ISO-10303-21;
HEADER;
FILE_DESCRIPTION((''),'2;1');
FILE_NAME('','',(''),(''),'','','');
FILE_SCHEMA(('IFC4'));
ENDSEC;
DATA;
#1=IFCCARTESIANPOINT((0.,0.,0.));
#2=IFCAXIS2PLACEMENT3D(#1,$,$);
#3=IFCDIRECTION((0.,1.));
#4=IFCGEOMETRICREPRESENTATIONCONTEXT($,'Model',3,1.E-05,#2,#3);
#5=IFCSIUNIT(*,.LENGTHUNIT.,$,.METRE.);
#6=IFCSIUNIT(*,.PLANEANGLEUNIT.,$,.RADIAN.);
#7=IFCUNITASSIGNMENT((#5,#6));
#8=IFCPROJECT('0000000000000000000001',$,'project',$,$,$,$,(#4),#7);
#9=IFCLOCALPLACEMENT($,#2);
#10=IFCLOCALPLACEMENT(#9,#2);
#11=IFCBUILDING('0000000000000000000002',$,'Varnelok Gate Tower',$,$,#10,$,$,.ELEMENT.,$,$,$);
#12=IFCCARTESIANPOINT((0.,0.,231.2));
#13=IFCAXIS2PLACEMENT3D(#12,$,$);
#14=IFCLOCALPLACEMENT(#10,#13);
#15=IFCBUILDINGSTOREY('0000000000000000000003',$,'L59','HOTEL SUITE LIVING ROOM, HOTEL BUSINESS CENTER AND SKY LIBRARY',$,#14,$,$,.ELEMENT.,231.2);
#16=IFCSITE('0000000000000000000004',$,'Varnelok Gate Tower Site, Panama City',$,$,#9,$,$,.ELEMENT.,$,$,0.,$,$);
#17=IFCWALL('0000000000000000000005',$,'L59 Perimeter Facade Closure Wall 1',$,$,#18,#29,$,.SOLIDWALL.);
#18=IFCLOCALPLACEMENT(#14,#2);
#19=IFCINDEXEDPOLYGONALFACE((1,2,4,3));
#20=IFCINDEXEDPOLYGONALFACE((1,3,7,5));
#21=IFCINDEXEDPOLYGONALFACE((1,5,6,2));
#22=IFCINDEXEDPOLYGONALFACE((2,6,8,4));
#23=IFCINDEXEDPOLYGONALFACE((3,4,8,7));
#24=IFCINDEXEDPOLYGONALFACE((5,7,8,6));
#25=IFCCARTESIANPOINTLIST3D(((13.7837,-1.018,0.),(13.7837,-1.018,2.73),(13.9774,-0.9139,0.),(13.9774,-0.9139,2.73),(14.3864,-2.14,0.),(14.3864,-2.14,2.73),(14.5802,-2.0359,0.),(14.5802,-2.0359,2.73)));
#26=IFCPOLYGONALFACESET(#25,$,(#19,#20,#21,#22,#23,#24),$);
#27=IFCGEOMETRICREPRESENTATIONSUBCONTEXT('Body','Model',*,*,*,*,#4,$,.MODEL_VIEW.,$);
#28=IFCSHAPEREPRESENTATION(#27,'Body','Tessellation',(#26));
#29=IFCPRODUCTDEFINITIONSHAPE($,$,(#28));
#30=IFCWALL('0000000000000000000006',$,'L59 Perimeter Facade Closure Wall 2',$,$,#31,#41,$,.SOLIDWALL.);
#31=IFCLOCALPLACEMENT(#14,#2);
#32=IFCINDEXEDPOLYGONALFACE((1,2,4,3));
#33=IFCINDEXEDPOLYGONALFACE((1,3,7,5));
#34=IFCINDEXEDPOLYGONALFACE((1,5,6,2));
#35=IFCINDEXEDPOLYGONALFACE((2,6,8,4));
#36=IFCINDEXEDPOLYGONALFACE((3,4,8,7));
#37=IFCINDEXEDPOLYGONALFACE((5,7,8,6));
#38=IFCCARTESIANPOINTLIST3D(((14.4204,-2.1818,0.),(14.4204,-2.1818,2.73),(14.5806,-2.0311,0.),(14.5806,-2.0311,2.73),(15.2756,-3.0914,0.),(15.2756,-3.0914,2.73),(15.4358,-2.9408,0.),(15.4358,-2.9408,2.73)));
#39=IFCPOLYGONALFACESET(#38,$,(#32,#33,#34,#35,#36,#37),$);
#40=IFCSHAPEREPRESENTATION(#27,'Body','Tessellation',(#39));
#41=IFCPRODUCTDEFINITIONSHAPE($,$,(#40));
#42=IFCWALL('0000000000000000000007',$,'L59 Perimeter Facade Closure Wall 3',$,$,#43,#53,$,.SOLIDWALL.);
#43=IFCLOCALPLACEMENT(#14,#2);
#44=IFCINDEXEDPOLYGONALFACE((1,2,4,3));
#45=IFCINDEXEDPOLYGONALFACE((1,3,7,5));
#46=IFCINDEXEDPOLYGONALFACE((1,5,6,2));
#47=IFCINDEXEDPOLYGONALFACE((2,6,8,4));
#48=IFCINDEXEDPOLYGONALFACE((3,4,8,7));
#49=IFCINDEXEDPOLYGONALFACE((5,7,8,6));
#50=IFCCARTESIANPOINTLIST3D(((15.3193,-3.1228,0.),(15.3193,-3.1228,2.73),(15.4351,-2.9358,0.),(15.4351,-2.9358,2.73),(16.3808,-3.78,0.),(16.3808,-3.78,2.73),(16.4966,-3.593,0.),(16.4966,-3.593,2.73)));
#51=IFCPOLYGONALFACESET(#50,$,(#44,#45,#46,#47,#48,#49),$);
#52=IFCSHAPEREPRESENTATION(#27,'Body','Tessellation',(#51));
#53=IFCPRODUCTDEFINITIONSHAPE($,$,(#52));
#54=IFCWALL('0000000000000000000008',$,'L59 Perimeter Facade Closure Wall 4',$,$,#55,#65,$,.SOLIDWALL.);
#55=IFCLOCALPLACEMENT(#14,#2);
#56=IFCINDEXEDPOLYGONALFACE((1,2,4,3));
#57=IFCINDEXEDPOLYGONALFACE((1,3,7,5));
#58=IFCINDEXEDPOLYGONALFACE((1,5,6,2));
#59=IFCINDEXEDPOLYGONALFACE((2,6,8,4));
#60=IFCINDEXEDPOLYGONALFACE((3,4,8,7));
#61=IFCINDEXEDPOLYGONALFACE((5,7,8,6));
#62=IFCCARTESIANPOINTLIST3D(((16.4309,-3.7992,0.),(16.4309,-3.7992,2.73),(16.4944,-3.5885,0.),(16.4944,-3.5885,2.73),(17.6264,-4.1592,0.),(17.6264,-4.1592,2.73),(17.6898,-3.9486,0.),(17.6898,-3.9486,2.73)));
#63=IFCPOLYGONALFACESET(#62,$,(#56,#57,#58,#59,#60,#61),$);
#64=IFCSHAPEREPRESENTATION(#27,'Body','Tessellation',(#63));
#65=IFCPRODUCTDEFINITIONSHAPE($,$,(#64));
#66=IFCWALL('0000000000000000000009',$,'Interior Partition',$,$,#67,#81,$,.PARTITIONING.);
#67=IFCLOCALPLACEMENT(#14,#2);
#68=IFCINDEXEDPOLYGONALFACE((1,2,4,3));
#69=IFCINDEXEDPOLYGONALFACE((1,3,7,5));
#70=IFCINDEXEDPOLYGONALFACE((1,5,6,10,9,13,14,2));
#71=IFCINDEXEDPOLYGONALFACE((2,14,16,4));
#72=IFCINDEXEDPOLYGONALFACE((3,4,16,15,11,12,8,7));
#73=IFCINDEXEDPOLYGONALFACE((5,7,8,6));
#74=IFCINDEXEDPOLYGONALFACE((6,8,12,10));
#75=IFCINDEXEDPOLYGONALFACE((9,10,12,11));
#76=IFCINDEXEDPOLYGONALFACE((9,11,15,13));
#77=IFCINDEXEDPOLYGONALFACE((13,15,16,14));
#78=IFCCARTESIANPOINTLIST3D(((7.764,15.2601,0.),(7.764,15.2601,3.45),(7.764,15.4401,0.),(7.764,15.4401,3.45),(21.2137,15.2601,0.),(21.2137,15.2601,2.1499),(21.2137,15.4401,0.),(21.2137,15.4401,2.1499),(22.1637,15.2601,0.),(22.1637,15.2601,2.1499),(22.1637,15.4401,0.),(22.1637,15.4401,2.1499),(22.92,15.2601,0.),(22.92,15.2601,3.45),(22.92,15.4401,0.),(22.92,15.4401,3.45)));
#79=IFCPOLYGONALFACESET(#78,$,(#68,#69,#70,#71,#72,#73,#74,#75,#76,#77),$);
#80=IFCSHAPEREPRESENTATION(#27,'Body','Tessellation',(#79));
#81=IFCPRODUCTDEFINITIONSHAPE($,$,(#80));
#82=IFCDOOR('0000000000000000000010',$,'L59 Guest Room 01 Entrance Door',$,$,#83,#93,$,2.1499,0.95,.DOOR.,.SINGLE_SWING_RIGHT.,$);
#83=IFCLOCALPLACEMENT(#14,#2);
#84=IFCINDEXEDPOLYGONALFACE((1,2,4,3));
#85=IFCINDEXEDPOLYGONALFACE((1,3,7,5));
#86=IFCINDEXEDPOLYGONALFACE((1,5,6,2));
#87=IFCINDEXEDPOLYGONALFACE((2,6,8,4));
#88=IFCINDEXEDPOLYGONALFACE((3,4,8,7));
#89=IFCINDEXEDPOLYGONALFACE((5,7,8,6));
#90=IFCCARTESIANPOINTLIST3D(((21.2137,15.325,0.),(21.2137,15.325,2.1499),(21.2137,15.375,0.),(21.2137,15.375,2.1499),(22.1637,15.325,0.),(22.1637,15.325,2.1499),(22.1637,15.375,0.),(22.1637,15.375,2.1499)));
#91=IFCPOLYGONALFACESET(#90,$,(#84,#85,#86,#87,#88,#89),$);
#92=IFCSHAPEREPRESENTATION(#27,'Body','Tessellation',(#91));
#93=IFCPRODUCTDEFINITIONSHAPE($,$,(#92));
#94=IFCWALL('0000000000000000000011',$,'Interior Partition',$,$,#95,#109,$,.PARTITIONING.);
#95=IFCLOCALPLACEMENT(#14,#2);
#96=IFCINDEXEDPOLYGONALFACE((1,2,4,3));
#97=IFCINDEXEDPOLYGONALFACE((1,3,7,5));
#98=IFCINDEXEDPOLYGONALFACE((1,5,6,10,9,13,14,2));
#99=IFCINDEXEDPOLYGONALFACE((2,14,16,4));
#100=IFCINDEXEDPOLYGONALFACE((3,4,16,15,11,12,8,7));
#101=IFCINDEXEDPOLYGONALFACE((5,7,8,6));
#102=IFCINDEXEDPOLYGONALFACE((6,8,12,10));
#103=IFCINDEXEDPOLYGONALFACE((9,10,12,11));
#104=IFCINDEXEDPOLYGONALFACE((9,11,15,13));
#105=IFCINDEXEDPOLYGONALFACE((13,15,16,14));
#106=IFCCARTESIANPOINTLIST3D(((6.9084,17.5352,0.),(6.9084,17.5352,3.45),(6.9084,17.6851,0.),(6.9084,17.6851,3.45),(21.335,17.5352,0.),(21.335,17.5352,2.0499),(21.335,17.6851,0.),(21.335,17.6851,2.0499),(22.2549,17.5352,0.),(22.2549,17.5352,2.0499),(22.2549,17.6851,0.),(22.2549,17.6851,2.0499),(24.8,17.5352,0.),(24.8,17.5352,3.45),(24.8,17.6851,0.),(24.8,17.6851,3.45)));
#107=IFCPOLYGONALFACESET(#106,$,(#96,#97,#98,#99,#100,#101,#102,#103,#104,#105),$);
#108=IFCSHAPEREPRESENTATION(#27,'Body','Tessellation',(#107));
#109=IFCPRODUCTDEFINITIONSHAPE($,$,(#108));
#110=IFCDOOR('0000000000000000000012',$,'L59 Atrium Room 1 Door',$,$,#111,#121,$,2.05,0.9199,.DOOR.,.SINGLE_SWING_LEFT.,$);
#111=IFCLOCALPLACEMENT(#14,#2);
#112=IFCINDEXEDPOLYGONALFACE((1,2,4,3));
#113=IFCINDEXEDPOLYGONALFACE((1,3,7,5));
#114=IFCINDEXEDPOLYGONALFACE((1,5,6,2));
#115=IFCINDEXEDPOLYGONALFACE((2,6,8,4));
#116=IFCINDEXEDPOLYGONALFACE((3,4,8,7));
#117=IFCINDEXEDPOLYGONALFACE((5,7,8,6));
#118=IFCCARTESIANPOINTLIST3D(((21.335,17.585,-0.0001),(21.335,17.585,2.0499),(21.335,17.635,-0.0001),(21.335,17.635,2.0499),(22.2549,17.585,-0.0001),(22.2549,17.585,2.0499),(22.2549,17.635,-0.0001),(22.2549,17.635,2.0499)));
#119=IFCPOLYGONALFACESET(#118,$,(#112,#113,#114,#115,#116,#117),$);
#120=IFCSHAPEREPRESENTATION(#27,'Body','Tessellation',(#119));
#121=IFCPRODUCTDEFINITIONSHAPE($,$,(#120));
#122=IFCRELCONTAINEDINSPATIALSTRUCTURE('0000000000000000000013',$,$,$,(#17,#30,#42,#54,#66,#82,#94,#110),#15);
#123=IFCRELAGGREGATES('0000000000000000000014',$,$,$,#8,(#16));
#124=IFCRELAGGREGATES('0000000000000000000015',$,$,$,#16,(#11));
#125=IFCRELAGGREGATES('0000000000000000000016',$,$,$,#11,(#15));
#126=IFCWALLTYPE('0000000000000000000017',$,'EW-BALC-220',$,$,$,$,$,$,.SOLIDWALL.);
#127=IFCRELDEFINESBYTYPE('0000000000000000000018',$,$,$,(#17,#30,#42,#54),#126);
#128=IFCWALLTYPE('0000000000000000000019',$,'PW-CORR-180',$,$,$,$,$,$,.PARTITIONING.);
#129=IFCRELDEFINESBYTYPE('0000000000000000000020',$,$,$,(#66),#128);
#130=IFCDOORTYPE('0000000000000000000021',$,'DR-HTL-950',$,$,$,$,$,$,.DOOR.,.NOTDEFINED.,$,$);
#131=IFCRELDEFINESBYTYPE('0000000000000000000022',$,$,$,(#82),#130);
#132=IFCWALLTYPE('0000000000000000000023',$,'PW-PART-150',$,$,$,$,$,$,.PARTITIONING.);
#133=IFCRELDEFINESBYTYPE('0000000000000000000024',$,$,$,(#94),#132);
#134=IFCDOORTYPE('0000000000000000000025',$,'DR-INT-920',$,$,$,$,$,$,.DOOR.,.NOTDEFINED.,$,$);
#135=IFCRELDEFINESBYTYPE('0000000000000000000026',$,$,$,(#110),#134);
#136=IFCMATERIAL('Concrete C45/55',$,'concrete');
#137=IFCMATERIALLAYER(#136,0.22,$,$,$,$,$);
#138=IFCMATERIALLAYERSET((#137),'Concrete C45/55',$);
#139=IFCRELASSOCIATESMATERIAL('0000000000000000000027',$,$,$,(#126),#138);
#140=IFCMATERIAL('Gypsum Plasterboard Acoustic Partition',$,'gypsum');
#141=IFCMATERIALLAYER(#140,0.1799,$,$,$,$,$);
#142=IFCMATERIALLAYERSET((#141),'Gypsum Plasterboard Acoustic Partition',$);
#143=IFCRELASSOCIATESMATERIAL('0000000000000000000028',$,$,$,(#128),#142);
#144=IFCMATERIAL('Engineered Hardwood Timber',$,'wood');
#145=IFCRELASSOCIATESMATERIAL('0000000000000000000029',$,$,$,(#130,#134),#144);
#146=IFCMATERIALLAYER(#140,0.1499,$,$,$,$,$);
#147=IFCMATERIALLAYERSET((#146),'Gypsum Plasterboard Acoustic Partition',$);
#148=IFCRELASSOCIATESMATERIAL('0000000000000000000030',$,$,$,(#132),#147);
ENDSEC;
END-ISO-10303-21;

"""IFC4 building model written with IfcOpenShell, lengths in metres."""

from ifc_helpers import new_model, si_unit, direction, frame, frame_2d, origin, place, context, subcontext, project, spatial, rectangle, extrude, material, layer, layer_set, type_object, element, fill, save


model = new_model("IFC4")

# Units and contexts
model_context = context("Model", 3, precision=1e-05, world=origin(), true_north=direction((0.0, 1.0)))
body_context = subcontext(model_context, "Body", "Model", "MODEL_VIEW")
ifc_project = project(units=[si_unit("LENGTHUNIT", "METRE"), si_unit("PLANEANGLEUNIT", "RADIAN")], contexts=[model_context])

# Site, building, storey
site_placement = place(None, origin())
site = spatial("IfcSite", under=ifc_project, at=site_placement, Name="Varnelok Gate Tower Site, Panama City", CompositionType="ELEMENT", RefElevation=0.0)
building_placement = place(site_placement, origin())
building = spatial("IfcBuilding", under=site, at=building_placement, Name="Varnelok Gate Tower", CompositionType="ELEMENT")
storey_placement = place(building_placement, frame((0.0, 0.0, 231.2)))
storey = spatial("IfcBuildingStorey", under=building, at=storey_placement, Name="L59", Description="HOTEL SUITE LIVING ROOM, HOTEL BUSINESS CENTER AND SKY LIBRARY", CompositionType="ELEMENT", Elevation=231.2)

# Shared definitions
ifc_material_1 = material(Name="Concrete C45/55", Category="concrete")

# Walls
ifc_layer_1 = layer(ifc_material_1, 0.22)
ifc_layer_set_1 = layer_set([ifc_layer_1], Name="Concrete C45/55")
wall_type_1 = type_object("IfcWallType", Name="EW-BALC-220", PredefinedType="SOLIDWALL", material=ifc_layer_set_1)
wall_1_placement = place(storey_placement, frame((13.8806, -0.9661, 0.0), z_axis=(0.0, 0.0, 1.0), x_axis=(0.473242, -0.880932, 0.0)))
element("IfcWall", 1, at=wall_1_placement, inside=storey, type_object=wall_type_1, Name="L59 Perimeter Facade Closure Wall 1", PredefinedType="SOLIDWALL", context=body_context, shape_type="SweptSolid", body=[
    extrude(rectangle(XDim=1.2737, YDim=0.22, at=frame_2d((0.6367, 0.0))), origin(), (0.0, 0.0, 1.0), 2.73),
])
for number, where, z_axis, x_axis, name in (
    (2, (14.5005, -2.1064, 0.0), (0.0, 0.0, 1.0), (0.684968, -0.728573, 0.0), "L59 Perimeter Facade Closure Wall 2"),
    (3, (15.3772, -3.0293, 0.0), (0.0, 0.0, 1.0), (0.850232, -0.526408, 0.0), "L59 Perimeter Facade Closure Wall 3"),
    (4, (16.4626, -3.6938, 0.0), (0.0, 0.0, 1.0), (0.957508, -0.288406, 0.0), "L59 Perimeter Facade Closure Wall 4"),
):
    element("IfcWall", number, at=place(storey_placement, frame(where, z_axis=z_axis, x_axis=x_axis)), inside=storey, type_object=wall_type_1, Name=name, PredefinedType="SOLIDWALL", context=body_context, shape_type="SweptSolid", body=[
        extrude(rectangle(XDim=1.2485, YDim=0.22, at=frame_2d((0.6243, 0.0))), origin(), (0.0, 0.0, 1.0), 2.73),
    ])

# Walls, openings, doors
ifc_material_2 = material(Name="Gypsum Plasterboard Acoustic Partition", Category="gypsum")
ifc_layer_2 = layer(ifc_material_2, 0.1799)
ifc_layer_set_2 = layer_set([ifc_layer_2], Name="Gypsum Plasterboard Acoustic Partition")
wall_type_2 = type_object("IfcWallType", Name="PW-CORR-180", PredefinedType="PARTITIONING", material=ifc_layer_set_2)
wall_2_placement = place(storey_placement, frame((7.7639, 15.3501, 0.0), z_axis=(0.0, 0.0, 1.0), x_axis=(1.0, 0.0, 0.0)))
wall_2 = element("IfcWall", 5, at=wall_2_placement, inside=storey, type_object=wall_type_2, Name="Interior Partition", PredefinedType="PARTITIONING", context=body_context, shape_type="SweptSolid", body=[
    extrude(rectangle(XDim=15.156, YDim=0.1799, at=frame_2d((7.5781, 0.0))), origin(), (0.0, 0.0, 1.0), 3.45),
])
opening_1_placement = place(wall_2_placement, frame((13.4497, 0.0, 0.0)))
opening_1 = element("IfcOpeningElement", 6, at=opening_1_placement, cuts=wall_2, PredefinedType="OPENING", context=body_context, shape_type="SweptSolid", body=[
    extrude(rectangle(XDim=0.95, YDim=2.1499, at=frame_2d((0.4751, 1.075))), frame((0.0, 0.0999, 0.0), z_axis=(0.0, -1.0, 0.0), x_axis=(1.0, 0.0, 0.0)), (0.0, 0.0, 1.0), 0.2),
])
ifc_material_3 = material(Name="Engineered Hardwood Timber", Category="wood")
door_type_1 = type_object("IfcDoorType", Name="DR-HTL-950", OperationType="NOTDEFINED", PredefinedType="DOOR", material=ifc_material_3)
door_1_placement = place(opening_1_placement, origin())
door_1 = element("IfcDoor", 7, at=door_1_placement, inside=storey, type_object=door_type_1, Name="L59 Guest Room 01 Entrance Door", OperationType="SINGLE_SWING_RIGHT", OverallHeight=2.1499, OverallWidth=0.95, PredefinedType="DOOR", context=body_context, shape_type="SweptSolid", body=[
    extrude(rectangle(XDim=0.95, YDim=2.1499, at=frame_2d((0.4751, 1.075))), frame((0.0, 0.0249, 0.0), z_axis=(0.0, -1.0, 0.0), x_axis=(1.0, 0.0, 0.0)), (0.0, 0.0, 1.0), 0.05),
])
fill(opening_1, door_1)
ifc_layer_3 = layer(ifc_material_2, 0.1499)
ifc_layer_set_3 = layer_set([ifc_layer_3], Name="Gypsum Plasterboard Acoustic Partition")
wall_type_3 = type_object("IfcWallType", Name="PW-PART-150", PredefinedType="PARTITIONING", material=ifc_layer_set_3)
wall_3_placement = place(storey_placement, frame((6.9084, 17.6101, 0.0), z_axis=(0.0, 0.0, 1.0), x_axis=(1.0, 0.0, 0.0)))
wall_3 = element("IfcWall", 8, at=wall_3_placement, inside=storey, type_object=wall_type_3, Name="Interior Partition", PredefinedType="PARTITIONING", context=body_context, shape_type="SweptSolid", body=[
    extrude(rectangle(XDim=17.8916, YDim=0.1499, at=frame_2d((8.9458, 0.0))), origin(), (0.0, 0.0, 1.0), 3.45),
])
opening_2_placement = place(wall_3_placement, frame((14.4265, 0.0, 0.0)))
opening_2 = element("IfcOpeningElement", 9, at=opening_2_placement, cuts=wall_3, PredefinedType="OPENING", context=body_context, shape_type="SweptSolid", body=[
    extrude(rectangle(XDim=0.9199, YDim=2.05, at=frame_2d((0.46, 1.0249))), frame((0.0, 0.085, 0.0), z_axis=(0.0, -1.0, 0.0), x_axis=(1.0, 0.0, 0.0)), (0.0, 0.0, 1.0), 0.1699),
])
door_type_2 = type_object("IfcDoorType", Name="DR-INT-920", OperationType="NOTDEFINED", PredefinedType="DOOR", material=ifc_material_3)
door_2_placement = place(opening_2_placement, origin())
door_2 = element("IfcDoor", 10, at=door_2_placement, inside=storey, type_object=door_type_2, Name="L59 Atrium Room 1 Door", OperationType="SINGLE_SWING_LEFT", OverallHeight=2.05, OverallWidth=0.9199, PredefinedType="DOOR", context=body_context, shape_type="SweptSolid", body=[
    extrude(rectangle(XDim=0.9199, YDim=2.05, at=frame_2d((0.46, 1.0249))), frame((0.0, 0.0249, 0.0), z_axis=(0.0, -1.0, 0.0), x_axis=(1.0, 0.0, 0.0)), (0.0, 0.0, 1.0), 0.05),
])
fill(opening_2, door_2)

save(model, "model.ifc")
